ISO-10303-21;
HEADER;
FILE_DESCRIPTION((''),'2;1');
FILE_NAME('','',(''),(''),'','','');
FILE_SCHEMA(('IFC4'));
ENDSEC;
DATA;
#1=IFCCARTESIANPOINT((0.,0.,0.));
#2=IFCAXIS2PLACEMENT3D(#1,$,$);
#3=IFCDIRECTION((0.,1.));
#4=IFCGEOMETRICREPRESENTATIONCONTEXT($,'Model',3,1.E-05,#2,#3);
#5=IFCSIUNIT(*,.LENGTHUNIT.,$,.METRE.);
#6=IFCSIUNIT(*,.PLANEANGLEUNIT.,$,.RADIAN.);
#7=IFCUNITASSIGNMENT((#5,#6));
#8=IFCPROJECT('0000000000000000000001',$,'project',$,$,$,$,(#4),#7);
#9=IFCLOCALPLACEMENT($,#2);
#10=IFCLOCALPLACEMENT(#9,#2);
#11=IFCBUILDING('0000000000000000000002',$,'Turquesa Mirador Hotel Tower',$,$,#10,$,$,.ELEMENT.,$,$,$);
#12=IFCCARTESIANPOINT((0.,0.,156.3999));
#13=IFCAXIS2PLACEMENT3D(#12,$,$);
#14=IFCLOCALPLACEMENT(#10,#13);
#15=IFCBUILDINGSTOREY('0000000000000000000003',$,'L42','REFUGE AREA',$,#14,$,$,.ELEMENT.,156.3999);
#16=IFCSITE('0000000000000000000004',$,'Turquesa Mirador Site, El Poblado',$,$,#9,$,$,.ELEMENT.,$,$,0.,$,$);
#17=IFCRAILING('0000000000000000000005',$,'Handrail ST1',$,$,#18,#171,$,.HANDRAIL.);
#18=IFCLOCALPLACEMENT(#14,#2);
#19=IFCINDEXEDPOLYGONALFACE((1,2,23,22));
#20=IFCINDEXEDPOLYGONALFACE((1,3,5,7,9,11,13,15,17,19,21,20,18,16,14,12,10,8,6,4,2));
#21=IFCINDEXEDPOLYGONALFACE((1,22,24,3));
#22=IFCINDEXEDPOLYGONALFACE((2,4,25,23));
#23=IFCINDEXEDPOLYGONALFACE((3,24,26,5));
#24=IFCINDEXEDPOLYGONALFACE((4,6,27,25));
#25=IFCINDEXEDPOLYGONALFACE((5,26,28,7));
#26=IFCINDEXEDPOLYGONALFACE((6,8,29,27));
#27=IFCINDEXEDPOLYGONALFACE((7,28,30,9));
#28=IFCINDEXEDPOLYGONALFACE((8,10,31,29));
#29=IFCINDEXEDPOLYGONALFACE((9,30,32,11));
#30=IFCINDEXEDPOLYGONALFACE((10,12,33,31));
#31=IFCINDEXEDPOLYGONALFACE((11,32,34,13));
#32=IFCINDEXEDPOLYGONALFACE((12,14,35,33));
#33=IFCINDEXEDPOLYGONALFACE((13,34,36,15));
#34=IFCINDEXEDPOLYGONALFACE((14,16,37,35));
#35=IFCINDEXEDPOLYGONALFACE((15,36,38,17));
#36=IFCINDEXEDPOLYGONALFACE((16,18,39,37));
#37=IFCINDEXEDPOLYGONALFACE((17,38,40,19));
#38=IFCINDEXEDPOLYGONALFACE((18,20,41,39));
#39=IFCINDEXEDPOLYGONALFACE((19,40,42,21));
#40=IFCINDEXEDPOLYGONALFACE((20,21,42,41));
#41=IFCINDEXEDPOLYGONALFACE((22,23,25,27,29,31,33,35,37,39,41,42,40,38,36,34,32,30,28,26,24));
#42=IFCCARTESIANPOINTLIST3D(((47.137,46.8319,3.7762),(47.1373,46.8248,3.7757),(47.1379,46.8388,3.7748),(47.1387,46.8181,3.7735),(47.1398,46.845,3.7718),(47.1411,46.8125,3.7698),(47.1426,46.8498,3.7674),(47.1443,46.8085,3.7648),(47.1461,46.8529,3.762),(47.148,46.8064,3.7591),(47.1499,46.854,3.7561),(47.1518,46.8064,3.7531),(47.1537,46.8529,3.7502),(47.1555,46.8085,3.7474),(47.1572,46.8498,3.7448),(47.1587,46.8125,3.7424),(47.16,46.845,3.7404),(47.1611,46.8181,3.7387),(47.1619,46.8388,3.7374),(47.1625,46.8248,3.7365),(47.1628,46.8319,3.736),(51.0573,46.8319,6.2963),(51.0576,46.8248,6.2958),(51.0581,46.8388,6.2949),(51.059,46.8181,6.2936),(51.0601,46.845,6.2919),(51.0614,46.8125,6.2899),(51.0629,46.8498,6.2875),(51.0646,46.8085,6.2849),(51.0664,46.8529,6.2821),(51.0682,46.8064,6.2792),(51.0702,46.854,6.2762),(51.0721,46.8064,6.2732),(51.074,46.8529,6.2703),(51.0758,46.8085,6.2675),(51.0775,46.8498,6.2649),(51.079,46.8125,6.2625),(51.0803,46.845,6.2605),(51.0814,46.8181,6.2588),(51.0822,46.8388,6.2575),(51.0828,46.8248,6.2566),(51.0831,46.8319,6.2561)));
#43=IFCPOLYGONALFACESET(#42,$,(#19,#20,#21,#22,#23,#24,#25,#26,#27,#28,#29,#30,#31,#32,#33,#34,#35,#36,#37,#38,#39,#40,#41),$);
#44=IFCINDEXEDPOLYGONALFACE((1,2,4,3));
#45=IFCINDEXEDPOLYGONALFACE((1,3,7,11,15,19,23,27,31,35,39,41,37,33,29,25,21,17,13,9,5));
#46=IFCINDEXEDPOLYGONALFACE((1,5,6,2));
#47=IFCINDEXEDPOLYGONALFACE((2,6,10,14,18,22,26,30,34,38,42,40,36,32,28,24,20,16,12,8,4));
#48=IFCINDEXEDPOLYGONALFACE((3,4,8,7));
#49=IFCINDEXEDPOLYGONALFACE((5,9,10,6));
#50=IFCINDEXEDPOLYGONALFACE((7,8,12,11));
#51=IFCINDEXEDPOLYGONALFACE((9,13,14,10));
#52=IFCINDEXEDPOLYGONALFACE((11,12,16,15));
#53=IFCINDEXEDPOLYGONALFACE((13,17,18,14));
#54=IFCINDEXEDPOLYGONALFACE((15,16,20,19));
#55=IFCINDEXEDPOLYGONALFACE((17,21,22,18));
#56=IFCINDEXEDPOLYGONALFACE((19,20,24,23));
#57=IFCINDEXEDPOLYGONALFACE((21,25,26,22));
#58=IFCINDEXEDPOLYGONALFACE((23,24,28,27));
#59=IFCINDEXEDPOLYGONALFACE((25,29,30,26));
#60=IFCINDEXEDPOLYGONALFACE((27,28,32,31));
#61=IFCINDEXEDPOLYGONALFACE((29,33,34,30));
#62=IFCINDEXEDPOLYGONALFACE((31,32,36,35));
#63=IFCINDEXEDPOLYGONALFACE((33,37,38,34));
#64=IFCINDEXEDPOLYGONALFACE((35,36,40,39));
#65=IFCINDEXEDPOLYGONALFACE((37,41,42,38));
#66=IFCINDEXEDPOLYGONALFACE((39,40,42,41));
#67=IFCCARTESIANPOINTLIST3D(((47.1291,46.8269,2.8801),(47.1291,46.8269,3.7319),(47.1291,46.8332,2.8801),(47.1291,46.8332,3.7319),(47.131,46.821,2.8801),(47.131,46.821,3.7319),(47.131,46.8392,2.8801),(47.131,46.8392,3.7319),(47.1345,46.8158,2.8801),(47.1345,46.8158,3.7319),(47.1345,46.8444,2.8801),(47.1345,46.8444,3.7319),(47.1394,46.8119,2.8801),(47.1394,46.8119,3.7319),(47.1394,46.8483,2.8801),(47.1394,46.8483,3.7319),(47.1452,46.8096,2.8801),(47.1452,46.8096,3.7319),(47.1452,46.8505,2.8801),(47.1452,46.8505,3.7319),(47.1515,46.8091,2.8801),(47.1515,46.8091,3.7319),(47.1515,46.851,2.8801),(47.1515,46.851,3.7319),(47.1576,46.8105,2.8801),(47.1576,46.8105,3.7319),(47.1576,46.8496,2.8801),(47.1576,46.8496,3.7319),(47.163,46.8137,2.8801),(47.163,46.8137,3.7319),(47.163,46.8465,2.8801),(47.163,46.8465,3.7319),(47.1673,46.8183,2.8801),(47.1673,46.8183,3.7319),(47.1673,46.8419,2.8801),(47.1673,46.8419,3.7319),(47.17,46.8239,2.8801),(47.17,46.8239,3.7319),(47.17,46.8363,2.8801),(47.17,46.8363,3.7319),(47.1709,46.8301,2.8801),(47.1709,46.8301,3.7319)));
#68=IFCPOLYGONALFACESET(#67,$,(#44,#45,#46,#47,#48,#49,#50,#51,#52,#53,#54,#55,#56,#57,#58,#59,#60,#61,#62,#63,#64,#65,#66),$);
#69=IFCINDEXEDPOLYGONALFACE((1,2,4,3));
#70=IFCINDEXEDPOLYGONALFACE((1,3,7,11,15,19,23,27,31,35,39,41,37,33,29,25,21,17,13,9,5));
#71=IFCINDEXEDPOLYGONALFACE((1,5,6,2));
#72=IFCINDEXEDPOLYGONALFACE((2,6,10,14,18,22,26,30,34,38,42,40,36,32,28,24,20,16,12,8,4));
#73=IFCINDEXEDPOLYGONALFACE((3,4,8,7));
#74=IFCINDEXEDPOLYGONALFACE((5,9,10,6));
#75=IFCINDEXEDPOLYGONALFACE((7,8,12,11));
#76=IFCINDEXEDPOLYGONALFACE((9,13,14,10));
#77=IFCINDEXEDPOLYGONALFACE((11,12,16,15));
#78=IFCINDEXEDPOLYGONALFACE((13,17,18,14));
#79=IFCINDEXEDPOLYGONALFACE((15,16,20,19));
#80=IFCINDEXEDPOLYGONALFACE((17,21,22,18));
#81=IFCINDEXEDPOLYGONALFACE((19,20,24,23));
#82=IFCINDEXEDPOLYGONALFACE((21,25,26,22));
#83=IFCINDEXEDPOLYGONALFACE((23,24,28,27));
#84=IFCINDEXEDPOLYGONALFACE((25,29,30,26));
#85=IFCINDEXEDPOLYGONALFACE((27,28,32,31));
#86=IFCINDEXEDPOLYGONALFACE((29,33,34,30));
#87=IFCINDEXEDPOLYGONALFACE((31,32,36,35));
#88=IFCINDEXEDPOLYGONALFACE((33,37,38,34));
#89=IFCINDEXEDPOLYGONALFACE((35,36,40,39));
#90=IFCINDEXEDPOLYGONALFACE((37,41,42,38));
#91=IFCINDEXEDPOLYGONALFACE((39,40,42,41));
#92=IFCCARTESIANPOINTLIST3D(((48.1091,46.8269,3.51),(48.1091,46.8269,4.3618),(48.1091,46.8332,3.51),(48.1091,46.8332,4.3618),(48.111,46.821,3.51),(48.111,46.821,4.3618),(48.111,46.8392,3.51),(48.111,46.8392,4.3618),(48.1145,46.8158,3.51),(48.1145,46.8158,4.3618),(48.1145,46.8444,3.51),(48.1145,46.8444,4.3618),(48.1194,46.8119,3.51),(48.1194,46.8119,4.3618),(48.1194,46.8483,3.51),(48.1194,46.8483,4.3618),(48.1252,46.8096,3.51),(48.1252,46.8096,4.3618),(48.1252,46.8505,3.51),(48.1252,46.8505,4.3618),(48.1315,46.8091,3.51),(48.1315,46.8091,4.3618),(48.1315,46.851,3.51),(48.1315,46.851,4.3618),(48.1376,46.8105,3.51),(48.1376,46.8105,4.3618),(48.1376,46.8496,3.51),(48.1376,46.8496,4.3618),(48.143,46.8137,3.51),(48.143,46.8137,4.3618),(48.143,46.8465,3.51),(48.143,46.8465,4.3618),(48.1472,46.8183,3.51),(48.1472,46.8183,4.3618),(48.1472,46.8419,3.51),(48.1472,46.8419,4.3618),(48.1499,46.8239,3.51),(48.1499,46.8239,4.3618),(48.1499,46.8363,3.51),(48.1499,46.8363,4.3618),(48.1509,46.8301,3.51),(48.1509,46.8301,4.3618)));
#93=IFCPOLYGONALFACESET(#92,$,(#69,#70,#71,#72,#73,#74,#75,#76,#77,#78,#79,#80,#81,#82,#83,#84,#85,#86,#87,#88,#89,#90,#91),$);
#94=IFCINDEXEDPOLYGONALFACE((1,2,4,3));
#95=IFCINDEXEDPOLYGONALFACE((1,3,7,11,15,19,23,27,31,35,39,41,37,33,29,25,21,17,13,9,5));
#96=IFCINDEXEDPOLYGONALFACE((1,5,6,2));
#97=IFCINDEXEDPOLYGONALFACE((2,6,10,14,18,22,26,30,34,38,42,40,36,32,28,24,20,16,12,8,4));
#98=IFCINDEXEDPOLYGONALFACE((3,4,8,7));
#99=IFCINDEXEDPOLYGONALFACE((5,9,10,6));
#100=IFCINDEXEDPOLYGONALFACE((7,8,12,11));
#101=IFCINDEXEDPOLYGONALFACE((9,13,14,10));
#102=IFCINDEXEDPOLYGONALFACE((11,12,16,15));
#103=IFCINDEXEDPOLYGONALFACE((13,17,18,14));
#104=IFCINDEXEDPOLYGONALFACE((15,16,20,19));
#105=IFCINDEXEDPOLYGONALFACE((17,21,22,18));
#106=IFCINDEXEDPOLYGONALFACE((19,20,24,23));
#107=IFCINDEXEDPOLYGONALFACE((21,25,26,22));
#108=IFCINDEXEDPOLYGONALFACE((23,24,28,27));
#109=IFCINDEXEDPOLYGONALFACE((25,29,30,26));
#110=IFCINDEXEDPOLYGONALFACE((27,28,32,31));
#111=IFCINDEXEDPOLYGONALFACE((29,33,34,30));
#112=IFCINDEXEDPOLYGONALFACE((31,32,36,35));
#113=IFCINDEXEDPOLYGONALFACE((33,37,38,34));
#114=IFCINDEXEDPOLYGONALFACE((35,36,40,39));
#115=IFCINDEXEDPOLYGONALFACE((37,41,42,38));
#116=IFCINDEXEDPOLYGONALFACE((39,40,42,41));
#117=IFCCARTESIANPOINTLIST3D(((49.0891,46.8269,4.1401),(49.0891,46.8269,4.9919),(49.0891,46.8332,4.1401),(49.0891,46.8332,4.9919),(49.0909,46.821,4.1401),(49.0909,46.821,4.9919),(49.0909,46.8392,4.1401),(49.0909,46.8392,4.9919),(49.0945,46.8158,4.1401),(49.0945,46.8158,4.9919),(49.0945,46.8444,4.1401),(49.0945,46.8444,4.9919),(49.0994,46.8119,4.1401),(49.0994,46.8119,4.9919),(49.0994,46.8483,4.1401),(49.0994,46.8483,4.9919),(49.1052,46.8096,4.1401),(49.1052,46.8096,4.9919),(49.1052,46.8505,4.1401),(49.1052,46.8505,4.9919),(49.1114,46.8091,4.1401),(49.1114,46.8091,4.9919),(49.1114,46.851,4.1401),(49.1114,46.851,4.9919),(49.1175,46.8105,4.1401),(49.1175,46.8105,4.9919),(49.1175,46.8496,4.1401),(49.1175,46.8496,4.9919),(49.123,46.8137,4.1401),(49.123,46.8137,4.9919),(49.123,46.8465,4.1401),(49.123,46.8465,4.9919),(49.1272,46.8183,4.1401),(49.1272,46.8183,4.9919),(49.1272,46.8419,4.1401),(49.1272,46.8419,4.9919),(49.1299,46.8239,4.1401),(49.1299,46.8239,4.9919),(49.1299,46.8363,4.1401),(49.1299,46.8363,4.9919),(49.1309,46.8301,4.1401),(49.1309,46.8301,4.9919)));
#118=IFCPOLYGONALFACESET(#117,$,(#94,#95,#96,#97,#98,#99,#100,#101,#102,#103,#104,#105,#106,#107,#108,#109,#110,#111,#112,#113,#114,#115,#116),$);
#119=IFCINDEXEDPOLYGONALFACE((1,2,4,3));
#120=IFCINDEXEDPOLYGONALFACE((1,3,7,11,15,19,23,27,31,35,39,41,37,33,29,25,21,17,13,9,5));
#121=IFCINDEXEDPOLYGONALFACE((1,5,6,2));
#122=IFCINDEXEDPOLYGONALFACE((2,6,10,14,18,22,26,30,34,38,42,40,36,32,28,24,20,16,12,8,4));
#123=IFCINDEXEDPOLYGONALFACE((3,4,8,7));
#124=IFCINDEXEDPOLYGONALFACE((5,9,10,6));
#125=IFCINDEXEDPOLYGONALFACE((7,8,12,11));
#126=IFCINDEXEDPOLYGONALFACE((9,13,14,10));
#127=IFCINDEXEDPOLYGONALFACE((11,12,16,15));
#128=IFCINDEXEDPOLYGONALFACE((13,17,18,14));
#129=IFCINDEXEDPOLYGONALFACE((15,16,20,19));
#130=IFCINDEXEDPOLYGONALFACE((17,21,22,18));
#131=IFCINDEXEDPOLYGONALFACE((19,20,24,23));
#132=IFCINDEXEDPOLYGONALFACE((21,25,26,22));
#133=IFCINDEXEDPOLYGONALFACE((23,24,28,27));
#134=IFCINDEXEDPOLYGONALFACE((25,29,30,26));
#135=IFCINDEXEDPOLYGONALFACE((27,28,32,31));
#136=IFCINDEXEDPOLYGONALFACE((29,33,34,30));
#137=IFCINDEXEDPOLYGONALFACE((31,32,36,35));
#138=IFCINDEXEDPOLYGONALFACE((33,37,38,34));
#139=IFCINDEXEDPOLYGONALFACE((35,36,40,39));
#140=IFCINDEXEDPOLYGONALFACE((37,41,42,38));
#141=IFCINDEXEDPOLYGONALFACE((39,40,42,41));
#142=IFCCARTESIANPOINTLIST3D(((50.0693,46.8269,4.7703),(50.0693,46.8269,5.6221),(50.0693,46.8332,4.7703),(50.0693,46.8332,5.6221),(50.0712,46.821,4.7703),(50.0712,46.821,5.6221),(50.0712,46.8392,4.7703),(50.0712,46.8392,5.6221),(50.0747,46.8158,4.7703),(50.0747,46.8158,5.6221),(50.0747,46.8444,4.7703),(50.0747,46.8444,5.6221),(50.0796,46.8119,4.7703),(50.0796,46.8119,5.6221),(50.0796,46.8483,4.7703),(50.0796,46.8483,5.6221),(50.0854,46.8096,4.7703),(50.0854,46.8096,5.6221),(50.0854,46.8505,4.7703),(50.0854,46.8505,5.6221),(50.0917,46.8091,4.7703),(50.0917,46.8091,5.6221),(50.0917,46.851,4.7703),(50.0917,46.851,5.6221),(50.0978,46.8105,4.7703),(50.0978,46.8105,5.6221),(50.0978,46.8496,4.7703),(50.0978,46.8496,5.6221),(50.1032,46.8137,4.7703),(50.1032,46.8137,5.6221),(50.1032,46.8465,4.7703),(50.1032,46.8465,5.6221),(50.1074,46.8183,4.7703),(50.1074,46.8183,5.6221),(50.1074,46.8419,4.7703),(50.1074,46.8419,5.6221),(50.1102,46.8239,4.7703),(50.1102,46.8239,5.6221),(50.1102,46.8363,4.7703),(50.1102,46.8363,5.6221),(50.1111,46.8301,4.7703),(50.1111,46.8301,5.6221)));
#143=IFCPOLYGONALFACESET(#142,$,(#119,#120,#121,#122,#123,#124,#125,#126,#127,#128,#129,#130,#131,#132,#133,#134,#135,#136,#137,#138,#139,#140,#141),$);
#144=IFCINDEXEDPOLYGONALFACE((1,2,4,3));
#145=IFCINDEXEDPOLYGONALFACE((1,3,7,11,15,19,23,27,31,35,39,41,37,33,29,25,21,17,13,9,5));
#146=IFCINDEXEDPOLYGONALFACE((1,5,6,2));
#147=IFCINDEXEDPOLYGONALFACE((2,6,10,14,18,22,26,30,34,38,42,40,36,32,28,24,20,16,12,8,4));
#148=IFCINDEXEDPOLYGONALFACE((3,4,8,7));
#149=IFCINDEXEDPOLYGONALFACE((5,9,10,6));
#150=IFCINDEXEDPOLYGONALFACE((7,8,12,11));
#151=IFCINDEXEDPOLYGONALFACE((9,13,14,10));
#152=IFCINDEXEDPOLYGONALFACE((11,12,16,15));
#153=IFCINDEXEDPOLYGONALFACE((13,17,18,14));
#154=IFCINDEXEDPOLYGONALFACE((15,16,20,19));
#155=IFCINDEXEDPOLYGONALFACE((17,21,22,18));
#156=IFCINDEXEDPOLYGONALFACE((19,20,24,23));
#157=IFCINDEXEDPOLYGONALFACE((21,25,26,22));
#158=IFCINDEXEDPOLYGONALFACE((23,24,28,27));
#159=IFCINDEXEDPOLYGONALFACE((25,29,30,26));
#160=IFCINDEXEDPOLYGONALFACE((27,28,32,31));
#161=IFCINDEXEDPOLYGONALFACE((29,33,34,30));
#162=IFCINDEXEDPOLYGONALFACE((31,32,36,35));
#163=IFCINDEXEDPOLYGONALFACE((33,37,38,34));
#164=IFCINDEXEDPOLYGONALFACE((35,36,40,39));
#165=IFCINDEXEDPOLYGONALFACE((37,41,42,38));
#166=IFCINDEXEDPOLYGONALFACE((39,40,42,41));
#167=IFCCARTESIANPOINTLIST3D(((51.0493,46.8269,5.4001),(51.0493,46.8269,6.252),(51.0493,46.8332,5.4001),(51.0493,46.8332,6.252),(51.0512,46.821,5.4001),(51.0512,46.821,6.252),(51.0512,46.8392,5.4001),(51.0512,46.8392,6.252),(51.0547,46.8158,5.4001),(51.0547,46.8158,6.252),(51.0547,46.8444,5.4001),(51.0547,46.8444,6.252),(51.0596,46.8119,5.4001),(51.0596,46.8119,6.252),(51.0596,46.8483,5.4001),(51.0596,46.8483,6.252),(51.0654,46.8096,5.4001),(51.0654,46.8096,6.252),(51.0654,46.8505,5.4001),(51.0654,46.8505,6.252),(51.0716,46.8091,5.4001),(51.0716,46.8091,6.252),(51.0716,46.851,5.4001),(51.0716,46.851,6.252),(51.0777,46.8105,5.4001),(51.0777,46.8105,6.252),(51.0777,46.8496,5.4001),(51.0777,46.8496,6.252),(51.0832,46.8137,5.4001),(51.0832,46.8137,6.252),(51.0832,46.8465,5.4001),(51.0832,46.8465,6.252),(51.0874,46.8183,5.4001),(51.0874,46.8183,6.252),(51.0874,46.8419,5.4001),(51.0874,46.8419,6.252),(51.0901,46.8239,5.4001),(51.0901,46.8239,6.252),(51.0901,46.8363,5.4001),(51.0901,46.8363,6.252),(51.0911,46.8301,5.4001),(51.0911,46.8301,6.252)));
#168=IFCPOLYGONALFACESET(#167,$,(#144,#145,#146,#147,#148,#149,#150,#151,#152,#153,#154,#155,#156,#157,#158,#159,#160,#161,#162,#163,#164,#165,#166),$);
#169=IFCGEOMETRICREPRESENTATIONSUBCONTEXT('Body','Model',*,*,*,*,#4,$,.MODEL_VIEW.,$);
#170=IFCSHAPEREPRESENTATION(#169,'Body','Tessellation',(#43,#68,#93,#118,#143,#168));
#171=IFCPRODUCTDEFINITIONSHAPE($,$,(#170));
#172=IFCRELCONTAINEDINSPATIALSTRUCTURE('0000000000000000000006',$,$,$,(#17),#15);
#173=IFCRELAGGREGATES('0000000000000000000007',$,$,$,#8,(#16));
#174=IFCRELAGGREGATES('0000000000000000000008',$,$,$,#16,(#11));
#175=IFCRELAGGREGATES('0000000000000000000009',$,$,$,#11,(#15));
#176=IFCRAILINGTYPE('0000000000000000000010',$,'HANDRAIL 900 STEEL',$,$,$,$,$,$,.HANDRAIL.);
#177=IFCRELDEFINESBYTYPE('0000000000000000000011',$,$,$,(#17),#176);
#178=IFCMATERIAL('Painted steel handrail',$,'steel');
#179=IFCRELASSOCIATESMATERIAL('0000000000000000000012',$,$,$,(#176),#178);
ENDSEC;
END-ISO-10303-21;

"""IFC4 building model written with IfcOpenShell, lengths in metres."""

from ifc_helpers import new_model, si_unit, direction, frame, origin, origin_2d, place, context, subcontext, project, spatial, circle, extrude, material, type_object, element, save


model = new_model("IFC4")

# Units and contexts
model_context = context("Model", 3, precision=1e-05, world=origin(), true_north=direction((0.0, 1.0)))
body_context = subcontext(model_context, "Body", "Model", "MODEL_VIEW")
ifc_project = project(units=[si_unit("LENGTHUNIT", "METRE"), si_unit("PLANEANGLEUNIT", "RADIAN")], contexts=[model_context])

# Site, building, storey
site_placement = place(None, origin())
site = spatial("IfcSite", under=ifc_project, at=site_placement, Name="Turquesa Mirador Site, El Poblado", CompositionType="ELEMENT", RefElevation=0.0)
building_placement = place(site_placement, origin())
building = spatial("IfcBuilding", under=site, at=building_placement, Name="Turquesa Mirador Hotel Tower", CompositionType="ELEMENT")
storey_placement = place(building_placement, frame((0.0, 0.0, 156.3999)))
storey = spatial("IfcBuildingStorey", under=building, at=storey_placement, Name="L42", Description="REFUGE AREA", CompositionType="ELEMENT", Elevation=156.3999)

# Railing
ifc_material_1 = material(Name="Painted steel handrail", Category="steel")
railing_type = type_object("IfcRailingType", Name="HANDRAIL 900 STEEL", PredefinedType="HANDRAIL", material=ifc_material_1)
for number, where, name in (
    (1, (47.1499, 46.8301, 2.8801), "Handrail ST1"),
):
    element("IfcRailing", number, at=place(storey_placement, frame(where)), inside=storey, type_object=railing_type, Name=name, PredefinedType="HANDRAIL", context=body_context, shape_type="SweptSolid", body=[
        extrude(circle(Radius=0.0239, at=origin_2d()), frame((0.0, 0.0, 0.876), z_axis=(0.841187, 0.0, 0.540744), x_axis=(0.0, 1.0, 0.0)), (0.0, 0.0, 1.0), 4.6604),
        extrude(circle(Radius=0.021, at=origin_2d()), origin(), (0.0, 0.0, 1.0), 0.8518),
        extrude(circle(Radius=0.021, at=origin_2d()), frame((0.98, 0.0, 0.6299)), (0.0, 0.0, 1.0), 0.8518),
        extrude(circle(Radius=0.021, at=origin_2d()), frame((1.96, 0.0, 1.26)), (0.0, 0.0, 1.0), 0.8518),
        extrude(circle(Radius=0.021, at=origin_2d()), frame((2.9402, 0.0, 1.8901)), (0.0, 0.0, 1.0), 0.8518),
        extrude(circle(Radius=0.021, at=origin_2d()), frame((3.9202, 0.0, 2.52)), (0.0, 0.0, 1.0), 0.8518),
    ])

save(model, "model.ifc")
